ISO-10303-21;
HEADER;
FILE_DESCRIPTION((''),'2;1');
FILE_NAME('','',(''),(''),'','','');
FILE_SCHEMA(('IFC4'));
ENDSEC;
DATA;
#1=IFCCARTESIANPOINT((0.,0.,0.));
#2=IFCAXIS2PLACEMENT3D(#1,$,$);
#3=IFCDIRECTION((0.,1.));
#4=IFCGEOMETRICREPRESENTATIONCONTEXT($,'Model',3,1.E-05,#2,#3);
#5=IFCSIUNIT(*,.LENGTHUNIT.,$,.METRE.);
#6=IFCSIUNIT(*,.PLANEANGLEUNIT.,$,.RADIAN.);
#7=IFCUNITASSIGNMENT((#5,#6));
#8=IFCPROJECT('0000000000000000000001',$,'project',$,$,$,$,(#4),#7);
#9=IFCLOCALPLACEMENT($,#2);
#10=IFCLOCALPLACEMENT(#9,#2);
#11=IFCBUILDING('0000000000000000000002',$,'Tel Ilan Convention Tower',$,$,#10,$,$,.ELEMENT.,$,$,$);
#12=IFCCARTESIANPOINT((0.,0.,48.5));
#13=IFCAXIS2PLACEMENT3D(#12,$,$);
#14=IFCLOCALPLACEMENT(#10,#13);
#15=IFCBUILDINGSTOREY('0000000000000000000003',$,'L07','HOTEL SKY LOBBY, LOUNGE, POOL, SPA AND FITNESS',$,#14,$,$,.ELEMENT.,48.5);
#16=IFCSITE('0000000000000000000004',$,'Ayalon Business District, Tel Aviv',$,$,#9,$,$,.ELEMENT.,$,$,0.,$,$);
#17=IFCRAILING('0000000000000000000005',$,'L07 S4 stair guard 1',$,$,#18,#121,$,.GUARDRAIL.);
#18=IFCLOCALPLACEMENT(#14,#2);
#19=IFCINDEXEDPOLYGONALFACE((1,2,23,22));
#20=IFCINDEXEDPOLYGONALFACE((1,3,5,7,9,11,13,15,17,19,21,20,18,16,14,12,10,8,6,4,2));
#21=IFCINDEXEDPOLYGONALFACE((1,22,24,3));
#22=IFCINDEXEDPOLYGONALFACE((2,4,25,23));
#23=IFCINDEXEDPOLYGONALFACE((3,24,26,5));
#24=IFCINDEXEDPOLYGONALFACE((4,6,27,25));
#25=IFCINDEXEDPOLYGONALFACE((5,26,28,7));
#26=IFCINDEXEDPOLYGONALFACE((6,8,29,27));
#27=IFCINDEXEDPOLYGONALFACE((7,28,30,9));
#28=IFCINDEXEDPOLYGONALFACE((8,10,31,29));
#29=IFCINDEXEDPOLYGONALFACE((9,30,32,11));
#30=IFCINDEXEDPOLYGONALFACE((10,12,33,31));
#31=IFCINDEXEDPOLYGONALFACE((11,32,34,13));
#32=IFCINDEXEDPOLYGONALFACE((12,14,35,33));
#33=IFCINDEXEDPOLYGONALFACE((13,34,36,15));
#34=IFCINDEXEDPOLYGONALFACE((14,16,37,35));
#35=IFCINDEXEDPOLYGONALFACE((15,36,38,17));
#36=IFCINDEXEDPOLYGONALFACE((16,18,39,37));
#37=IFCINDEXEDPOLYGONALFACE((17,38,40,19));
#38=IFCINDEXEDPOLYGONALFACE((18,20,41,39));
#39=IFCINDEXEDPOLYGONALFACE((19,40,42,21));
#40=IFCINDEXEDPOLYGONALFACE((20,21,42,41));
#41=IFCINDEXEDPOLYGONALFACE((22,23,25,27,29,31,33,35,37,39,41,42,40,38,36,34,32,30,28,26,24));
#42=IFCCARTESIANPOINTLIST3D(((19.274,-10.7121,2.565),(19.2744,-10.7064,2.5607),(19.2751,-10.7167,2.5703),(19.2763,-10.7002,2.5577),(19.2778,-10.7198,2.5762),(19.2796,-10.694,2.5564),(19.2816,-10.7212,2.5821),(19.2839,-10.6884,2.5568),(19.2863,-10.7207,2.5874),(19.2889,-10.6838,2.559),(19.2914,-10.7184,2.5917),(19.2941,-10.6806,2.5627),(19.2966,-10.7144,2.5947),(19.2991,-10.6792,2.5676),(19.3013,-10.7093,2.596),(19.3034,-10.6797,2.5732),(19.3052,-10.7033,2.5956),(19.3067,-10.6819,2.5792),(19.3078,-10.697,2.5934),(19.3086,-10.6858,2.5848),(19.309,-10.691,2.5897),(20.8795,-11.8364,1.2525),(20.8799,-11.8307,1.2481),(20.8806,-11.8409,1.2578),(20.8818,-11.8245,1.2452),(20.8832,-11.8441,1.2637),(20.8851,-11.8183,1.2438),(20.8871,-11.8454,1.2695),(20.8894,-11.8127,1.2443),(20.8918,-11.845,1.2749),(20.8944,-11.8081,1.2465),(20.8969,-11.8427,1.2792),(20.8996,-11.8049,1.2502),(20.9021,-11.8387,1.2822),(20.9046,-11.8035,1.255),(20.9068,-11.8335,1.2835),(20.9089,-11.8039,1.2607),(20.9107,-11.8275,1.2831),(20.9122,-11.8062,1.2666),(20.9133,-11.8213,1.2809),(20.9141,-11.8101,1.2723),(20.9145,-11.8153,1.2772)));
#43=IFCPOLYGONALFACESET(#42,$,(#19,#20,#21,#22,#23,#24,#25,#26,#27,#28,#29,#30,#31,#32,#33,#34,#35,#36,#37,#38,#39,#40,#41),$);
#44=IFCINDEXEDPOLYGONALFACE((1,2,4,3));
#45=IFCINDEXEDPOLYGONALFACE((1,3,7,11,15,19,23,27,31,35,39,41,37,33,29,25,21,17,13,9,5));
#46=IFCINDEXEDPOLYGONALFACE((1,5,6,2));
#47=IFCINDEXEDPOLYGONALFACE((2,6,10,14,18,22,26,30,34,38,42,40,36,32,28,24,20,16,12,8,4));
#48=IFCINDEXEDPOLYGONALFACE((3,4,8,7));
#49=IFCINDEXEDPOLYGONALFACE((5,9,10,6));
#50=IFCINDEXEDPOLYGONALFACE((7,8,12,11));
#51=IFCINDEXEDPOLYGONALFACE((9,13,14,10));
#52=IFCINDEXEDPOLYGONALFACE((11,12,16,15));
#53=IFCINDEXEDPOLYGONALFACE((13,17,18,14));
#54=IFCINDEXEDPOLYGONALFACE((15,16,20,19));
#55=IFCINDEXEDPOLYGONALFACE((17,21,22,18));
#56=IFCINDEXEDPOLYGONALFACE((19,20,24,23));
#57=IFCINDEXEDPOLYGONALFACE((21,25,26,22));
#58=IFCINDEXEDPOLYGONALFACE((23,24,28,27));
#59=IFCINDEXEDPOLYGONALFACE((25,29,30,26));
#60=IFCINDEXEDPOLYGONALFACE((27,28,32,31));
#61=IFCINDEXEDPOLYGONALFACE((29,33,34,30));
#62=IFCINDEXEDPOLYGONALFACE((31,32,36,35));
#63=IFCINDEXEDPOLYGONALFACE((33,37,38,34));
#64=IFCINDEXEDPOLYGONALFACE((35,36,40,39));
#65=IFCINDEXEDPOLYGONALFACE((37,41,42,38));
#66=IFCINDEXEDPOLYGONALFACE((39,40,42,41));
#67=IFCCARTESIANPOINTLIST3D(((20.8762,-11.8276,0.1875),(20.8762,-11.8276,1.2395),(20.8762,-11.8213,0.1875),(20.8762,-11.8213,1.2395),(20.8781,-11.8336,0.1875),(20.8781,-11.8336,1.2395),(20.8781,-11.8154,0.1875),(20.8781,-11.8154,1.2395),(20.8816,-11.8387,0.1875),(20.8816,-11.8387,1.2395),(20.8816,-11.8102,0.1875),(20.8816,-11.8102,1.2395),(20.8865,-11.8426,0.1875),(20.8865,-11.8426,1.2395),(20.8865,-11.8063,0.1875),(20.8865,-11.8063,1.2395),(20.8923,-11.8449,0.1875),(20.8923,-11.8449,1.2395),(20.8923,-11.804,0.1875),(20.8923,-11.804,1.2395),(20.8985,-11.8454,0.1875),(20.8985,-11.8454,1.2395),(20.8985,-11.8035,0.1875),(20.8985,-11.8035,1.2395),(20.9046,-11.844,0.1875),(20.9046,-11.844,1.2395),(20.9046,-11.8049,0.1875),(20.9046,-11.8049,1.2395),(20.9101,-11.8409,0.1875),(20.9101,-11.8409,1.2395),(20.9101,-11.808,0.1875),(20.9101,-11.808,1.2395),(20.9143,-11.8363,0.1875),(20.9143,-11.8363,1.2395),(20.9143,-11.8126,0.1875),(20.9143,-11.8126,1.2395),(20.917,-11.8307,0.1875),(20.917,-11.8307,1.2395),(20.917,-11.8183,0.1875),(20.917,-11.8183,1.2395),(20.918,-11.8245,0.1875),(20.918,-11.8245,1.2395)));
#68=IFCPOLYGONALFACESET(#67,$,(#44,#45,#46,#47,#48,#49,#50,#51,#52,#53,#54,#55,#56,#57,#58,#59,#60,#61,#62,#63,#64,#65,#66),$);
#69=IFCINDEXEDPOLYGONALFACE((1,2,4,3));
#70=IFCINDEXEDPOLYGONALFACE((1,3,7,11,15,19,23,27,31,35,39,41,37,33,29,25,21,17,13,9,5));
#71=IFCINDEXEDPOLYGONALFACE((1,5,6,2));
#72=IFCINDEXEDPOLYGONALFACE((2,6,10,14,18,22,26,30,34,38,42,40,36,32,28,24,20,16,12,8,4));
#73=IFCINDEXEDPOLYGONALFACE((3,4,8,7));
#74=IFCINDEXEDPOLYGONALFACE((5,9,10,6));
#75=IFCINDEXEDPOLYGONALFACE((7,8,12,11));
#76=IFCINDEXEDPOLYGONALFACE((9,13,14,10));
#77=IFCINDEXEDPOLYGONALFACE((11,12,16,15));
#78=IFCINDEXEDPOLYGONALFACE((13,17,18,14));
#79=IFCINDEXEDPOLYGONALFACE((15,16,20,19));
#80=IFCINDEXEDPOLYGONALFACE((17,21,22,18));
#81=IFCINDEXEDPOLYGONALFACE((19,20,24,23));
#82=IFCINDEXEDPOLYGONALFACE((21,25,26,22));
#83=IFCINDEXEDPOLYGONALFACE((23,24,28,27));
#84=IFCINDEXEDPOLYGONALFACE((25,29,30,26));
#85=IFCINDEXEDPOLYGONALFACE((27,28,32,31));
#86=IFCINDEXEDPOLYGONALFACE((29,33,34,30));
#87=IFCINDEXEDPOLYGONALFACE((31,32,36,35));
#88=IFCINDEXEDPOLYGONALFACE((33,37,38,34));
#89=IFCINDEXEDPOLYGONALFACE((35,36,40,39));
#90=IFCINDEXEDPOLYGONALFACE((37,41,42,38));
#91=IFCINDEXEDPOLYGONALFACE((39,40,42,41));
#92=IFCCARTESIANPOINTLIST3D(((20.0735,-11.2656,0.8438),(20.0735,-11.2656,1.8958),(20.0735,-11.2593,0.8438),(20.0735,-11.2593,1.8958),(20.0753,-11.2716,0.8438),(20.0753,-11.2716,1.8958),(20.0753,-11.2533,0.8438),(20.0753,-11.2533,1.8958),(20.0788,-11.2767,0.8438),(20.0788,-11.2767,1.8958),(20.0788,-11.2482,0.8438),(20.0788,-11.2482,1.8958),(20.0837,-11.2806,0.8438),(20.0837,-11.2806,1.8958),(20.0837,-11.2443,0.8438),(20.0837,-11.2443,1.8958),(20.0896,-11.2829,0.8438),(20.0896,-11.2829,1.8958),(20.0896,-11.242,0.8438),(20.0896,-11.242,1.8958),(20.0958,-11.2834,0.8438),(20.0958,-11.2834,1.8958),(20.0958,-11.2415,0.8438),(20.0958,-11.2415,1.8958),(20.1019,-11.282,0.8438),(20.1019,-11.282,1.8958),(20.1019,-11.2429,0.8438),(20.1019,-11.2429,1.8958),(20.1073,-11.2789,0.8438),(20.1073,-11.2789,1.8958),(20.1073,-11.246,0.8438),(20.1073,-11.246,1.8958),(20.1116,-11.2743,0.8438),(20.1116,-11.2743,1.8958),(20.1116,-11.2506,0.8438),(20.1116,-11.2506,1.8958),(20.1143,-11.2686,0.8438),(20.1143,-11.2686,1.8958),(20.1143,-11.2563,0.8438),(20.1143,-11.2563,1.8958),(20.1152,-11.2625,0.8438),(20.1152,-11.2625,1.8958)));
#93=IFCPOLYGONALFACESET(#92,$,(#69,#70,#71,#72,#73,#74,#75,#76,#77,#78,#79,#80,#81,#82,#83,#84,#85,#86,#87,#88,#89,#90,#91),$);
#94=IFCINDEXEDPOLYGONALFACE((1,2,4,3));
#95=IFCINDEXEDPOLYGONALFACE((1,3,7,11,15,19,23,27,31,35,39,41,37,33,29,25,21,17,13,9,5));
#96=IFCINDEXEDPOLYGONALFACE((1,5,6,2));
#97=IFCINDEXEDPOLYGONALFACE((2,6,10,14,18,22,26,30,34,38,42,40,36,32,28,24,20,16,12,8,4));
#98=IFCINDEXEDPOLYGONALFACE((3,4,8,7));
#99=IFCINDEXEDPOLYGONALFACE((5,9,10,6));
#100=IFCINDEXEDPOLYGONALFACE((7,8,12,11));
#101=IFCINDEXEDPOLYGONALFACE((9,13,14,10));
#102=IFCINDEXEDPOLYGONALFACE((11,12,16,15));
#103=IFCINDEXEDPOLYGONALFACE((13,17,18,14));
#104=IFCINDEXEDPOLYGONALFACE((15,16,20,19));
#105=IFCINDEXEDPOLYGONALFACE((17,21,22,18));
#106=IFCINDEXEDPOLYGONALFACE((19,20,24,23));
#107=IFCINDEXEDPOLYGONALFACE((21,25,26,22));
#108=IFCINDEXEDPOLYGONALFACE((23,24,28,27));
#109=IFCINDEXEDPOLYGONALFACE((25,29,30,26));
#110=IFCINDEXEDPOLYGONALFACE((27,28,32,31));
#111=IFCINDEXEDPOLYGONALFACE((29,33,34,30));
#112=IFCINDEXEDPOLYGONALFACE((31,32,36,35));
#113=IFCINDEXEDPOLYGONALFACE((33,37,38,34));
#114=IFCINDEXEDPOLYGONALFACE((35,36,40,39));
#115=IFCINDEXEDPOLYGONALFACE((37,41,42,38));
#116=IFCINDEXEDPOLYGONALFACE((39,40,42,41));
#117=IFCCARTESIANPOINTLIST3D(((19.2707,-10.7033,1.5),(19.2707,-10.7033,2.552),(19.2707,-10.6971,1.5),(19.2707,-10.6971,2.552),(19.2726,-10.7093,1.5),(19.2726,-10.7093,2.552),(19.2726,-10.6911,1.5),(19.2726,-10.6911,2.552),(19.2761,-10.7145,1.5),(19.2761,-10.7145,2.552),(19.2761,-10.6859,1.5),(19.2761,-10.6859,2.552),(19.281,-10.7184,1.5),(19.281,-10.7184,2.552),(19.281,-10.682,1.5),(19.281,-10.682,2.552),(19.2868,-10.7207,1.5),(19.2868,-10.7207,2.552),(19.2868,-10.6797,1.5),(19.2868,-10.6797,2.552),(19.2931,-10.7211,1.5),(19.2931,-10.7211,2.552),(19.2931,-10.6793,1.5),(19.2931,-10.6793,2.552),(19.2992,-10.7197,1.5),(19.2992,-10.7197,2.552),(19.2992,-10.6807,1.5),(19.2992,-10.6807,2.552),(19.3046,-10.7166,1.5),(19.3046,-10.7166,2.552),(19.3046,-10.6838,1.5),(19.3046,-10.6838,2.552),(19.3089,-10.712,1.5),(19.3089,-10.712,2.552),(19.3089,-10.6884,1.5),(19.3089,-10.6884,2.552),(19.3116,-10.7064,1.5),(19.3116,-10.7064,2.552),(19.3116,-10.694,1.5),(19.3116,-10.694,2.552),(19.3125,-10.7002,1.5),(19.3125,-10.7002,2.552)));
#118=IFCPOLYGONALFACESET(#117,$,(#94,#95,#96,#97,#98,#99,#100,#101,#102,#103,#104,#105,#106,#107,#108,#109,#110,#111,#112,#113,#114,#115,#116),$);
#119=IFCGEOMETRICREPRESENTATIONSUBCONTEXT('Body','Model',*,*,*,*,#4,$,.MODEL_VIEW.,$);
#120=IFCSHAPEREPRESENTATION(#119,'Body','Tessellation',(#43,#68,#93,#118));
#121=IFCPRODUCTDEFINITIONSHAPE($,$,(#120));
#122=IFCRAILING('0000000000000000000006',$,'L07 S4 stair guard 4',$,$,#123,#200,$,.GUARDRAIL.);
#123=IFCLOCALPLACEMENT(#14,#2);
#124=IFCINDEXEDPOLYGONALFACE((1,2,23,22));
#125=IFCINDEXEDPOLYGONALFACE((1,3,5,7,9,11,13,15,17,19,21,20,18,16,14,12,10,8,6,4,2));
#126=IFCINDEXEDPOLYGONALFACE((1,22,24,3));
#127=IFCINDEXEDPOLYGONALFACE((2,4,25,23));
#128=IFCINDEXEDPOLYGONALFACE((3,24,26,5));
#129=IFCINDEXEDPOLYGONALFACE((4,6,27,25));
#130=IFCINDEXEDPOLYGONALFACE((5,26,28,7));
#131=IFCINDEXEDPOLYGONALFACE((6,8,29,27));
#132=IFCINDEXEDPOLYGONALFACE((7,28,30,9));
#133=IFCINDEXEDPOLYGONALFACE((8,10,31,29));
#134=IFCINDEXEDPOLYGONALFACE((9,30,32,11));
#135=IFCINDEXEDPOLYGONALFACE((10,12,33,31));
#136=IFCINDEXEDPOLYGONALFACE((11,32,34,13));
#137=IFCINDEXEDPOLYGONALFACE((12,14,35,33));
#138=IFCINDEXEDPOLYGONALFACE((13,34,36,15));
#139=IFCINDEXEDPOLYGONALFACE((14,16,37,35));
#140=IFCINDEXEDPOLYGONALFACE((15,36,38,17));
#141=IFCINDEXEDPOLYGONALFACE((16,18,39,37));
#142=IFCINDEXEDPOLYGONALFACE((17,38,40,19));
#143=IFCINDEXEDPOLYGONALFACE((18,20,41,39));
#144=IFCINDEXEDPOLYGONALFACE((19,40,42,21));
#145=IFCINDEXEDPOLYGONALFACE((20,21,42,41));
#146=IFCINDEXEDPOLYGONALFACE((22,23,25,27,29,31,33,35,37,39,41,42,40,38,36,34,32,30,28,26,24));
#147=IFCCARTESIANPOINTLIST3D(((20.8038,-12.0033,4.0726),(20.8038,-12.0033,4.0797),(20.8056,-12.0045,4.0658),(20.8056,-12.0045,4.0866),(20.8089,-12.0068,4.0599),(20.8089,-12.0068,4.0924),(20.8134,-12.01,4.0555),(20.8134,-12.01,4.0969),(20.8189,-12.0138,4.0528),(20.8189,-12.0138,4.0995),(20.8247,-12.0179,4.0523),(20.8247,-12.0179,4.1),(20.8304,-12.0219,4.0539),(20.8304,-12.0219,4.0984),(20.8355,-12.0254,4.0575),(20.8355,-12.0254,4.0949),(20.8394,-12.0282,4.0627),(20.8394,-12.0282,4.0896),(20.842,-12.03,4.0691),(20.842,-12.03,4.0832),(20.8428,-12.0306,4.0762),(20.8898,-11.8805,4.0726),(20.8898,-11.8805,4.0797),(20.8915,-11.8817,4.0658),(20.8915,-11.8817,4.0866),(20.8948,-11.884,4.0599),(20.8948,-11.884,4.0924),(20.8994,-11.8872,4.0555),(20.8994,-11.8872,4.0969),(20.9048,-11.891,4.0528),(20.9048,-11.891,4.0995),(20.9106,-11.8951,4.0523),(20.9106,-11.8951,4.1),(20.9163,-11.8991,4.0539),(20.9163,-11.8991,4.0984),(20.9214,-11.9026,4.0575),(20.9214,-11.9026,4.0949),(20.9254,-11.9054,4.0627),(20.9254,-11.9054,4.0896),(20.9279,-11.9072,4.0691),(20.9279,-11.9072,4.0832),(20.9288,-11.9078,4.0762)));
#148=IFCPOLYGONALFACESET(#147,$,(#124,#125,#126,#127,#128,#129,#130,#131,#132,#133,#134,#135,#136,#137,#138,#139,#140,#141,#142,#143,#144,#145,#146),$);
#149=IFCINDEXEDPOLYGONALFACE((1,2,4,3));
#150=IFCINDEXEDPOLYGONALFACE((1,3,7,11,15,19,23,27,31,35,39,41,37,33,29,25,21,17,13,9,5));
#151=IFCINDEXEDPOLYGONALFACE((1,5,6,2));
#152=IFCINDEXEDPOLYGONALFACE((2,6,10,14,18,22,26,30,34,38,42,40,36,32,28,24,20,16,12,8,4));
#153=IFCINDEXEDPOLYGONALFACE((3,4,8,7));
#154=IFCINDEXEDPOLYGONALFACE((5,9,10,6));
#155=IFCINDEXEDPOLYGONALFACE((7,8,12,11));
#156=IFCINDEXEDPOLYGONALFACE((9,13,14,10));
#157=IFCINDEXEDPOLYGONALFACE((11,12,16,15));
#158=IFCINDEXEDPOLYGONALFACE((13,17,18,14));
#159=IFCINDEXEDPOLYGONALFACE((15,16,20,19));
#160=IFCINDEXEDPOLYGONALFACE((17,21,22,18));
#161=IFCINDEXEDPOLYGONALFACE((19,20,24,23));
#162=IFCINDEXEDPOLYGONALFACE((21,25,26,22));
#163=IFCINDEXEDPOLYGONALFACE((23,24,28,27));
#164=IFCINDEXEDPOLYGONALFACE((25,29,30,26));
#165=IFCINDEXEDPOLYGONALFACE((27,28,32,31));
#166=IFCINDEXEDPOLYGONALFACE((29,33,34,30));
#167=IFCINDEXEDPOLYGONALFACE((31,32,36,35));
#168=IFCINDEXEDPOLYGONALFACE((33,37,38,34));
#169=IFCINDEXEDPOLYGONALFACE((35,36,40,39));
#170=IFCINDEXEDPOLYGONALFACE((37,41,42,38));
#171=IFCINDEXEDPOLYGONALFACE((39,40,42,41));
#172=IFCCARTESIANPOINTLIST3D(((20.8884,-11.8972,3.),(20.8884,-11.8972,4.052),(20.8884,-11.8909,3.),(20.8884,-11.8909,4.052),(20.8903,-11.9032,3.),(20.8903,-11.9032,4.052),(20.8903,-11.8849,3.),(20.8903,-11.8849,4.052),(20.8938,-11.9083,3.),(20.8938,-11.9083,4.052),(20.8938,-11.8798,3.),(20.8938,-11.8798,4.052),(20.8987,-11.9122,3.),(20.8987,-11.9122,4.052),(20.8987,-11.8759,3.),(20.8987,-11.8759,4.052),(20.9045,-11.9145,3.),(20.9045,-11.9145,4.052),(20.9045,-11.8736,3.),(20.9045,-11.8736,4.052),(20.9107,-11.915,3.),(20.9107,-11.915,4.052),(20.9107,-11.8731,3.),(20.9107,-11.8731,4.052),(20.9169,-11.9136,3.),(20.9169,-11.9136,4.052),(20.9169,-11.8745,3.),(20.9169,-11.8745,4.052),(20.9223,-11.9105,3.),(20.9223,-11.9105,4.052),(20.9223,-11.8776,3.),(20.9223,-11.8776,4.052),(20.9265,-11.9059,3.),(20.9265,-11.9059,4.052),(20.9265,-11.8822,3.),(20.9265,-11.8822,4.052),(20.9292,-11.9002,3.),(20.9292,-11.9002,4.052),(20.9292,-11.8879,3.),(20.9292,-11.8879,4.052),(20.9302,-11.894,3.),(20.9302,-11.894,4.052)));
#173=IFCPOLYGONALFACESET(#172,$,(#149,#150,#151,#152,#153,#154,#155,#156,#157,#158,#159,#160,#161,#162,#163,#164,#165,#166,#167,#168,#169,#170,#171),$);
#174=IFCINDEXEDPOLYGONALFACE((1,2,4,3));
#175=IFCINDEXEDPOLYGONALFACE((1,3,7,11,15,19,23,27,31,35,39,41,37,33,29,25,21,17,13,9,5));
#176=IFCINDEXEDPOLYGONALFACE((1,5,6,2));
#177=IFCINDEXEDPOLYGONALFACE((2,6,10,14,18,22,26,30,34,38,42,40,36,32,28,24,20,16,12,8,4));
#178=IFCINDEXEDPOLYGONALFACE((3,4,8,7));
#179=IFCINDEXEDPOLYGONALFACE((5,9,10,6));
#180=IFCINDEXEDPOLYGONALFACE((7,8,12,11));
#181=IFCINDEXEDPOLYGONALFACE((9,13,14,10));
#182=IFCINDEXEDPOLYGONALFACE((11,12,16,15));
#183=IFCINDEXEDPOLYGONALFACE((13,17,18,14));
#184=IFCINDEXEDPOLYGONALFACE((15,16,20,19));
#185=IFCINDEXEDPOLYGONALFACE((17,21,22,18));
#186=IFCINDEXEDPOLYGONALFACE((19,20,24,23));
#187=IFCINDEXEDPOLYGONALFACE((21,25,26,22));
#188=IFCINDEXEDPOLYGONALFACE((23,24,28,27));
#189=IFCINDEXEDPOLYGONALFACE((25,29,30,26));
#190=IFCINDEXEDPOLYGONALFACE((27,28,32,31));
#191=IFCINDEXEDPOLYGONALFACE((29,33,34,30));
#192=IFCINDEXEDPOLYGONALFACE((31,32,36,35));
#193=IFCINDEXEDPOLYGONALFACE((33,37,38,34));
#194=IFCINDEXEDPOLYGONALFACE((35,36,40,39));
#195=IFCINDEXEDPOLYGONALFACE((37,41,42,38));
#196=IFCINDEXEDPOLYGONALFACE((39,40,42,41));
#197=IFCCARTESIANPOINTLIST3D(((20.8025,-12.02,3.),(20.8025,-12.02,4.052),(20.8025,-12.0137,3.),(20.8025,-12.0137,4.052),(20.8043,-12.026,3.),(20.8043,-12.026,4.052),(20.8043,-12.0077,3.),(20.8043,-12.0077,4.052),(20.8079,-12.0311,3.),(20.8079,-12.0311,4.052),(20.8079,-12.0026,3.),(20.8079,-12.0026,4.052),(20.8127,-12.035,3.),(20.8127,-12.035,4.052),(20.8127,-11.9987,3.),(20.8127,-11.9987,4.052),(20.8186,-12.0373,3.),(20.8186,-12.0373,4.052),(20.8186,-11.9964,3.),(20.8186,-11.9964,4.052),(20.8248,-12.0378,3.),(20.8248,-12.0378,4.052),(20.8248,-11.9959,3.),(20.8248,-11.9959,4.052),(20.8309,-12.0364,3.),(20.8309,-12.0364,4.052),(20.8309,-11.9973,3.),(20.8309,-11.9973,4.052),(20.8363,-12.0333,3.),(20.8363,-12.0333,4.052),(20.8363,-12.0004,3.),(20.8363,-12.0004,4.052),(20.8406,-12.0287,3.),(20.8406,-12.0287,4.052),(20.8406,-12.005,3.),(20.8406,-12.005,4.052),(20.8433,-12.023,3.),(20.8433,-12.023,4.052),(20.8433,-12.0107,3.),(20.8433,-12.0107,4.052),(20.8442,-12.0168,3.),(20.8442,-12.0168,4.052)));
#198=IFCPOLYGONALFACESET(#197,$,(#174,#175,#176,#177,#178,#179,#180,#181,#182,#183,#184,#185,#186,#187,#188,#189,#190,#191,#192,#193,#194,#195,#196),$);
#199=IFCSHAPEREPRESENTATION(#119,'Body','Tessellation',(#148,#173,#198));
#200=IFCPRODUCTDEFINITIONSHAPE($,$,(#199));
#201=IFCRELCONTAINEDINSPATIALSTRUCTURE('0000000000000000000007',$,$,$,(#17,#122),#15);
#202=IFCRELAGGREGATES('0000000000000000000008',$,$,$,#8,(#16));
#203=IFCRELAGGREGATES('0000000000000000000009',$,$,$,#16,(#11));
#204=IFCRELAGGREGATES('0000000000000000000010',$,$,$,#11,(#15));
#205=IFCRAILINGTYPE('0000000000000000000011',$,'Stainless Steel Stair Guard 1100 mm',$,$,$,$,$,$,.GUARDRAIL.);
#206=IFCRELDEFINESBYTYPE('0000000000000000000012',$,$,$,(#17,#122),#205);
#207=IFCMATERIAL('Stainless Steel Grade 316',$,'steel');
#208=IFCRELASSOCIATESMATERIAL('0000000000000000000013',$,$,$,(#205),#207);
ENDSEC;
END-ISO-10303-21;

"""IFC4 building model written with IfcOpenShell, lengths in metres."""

from ifc_helpers import new_model, si_unit, direction, frame, origin, origin_2d, place, context, subcontext, project, spatial, circle, extrude, material, type_object, element, save


model = new_model("IFC4")

# Units and contexts
model_context = context("Model", 3, precision=1e-05, world=origin(), true_north=direction((0.0, 1.0)))
body_context = subcontext(model_context, "Body", "Model", "MODEL_VIEW")
ifc_project = project(units=[si_unit("LENGTHUNIT", "METRE"), si_unit("PLANEANGLEUNIT", "RADIAN")], contexts=[model_context])

# Site, building, storey
site_placement = place(None, origin())
site = spatial("IfcSite", under=ifc_project, at=site_placement, Name="Ayalon Business District, Tel Aviv", CompositionType="ELEMENT", RefElevation=0.0)
building_placement = place(site_placement, origin())
building = spatial("IfcBuilding", under=site, at=building_placement, Name="Tel Ilan Convention Tower", CompositionType="ELEMENT")
storey_placement = place(building_placement, frame((0.0, 0.0, 48.5)))
storey = spatial("IfcBuildingStorey", under=building, at=storey_placement, Name="L07", Description="HOTEL SKY LOBBY, LOUNGE, POOL, SPA AND FITNESS", CompositionType="ELEMENT", Elevation=48.5)

# Railings
ifc_material_1 = material(Name="Stainless Steel Grade 316", Category="steel")
railing_type_1 = type_object("IfcRailingType", Name="Stainless Steel Stair Guard 1100 mm", PredefinedType="GUARDRAIL", material=ifc_material_1)
railing_1_placement = place(storey_placement, frame((20.897, -11.8245, 0.1875)))
element("IfcRailing", 1, at=railing_1_placement, inside=storey, type_object=railing_type_1, Name="L07 S4 stair guard 1", PredefinedType="GUARDRAIL", context=body_context, shape_type="SweptSolid", body=[
    extrude(circle(Radius=0.0239, at=origin_2d()), frame((0.0, 0.0, 1.0762), z_axis=(-0.680616, 0.476617, 0.556416), x_axis=(-0.573613, -0.819127, 0.0)), (0.0, 0.0, 1.0), 2.3589),
    extrude(circle(Radius=0.021, at=origin_2d()), origin(), (0.0, 0.0, 1.0), 1.052),
    extrude(circle(Radius=0.021, at=origin_2d()), frame((-0.8027, 0.562, 0.6562)), (0.0, 0.0, 1.0), 1.052),
    extrude(circle(Radius=0.021, at=origin_2d()), frame((-1.6055, 1.1243, 1.3125)), (0.0, 0.0, 1.0), 1.052),
])
railing_2_placement = place(storey_placement, frame((20.9092, -11.894, 3.0)))
element("IfcRailing", 2, at=railing_2_placement, inside=storey, type_object=railing_type_1, Name="L07 S4 stair guard 4", PredefinedType="GUARDRAIL", context=body_context, shape_type="SweptSolid", body=[
    extrude(circle(Radius=0.0239, at=origin_2d()), frame((0.0, 0.0, 1.0762), z_axis=(-0.573353, -0.819308, 0.0), x_axis=(0.819308, -0.573353, 0.0)), (0.0, 0.0, 1.0), 0.1499),
    extrude(circle(Radius=0.021, at=origin_2d()), origin(), (0.0, 0.0, 1.0), 1.052),
    extrude(circle(Radius=0.021, at=origin_2d()), frame((-0.0859, -0.1228, 0.0)), (0.0, 0.0, 1.0), 1.052),
])

save(model, "model.ifc")
